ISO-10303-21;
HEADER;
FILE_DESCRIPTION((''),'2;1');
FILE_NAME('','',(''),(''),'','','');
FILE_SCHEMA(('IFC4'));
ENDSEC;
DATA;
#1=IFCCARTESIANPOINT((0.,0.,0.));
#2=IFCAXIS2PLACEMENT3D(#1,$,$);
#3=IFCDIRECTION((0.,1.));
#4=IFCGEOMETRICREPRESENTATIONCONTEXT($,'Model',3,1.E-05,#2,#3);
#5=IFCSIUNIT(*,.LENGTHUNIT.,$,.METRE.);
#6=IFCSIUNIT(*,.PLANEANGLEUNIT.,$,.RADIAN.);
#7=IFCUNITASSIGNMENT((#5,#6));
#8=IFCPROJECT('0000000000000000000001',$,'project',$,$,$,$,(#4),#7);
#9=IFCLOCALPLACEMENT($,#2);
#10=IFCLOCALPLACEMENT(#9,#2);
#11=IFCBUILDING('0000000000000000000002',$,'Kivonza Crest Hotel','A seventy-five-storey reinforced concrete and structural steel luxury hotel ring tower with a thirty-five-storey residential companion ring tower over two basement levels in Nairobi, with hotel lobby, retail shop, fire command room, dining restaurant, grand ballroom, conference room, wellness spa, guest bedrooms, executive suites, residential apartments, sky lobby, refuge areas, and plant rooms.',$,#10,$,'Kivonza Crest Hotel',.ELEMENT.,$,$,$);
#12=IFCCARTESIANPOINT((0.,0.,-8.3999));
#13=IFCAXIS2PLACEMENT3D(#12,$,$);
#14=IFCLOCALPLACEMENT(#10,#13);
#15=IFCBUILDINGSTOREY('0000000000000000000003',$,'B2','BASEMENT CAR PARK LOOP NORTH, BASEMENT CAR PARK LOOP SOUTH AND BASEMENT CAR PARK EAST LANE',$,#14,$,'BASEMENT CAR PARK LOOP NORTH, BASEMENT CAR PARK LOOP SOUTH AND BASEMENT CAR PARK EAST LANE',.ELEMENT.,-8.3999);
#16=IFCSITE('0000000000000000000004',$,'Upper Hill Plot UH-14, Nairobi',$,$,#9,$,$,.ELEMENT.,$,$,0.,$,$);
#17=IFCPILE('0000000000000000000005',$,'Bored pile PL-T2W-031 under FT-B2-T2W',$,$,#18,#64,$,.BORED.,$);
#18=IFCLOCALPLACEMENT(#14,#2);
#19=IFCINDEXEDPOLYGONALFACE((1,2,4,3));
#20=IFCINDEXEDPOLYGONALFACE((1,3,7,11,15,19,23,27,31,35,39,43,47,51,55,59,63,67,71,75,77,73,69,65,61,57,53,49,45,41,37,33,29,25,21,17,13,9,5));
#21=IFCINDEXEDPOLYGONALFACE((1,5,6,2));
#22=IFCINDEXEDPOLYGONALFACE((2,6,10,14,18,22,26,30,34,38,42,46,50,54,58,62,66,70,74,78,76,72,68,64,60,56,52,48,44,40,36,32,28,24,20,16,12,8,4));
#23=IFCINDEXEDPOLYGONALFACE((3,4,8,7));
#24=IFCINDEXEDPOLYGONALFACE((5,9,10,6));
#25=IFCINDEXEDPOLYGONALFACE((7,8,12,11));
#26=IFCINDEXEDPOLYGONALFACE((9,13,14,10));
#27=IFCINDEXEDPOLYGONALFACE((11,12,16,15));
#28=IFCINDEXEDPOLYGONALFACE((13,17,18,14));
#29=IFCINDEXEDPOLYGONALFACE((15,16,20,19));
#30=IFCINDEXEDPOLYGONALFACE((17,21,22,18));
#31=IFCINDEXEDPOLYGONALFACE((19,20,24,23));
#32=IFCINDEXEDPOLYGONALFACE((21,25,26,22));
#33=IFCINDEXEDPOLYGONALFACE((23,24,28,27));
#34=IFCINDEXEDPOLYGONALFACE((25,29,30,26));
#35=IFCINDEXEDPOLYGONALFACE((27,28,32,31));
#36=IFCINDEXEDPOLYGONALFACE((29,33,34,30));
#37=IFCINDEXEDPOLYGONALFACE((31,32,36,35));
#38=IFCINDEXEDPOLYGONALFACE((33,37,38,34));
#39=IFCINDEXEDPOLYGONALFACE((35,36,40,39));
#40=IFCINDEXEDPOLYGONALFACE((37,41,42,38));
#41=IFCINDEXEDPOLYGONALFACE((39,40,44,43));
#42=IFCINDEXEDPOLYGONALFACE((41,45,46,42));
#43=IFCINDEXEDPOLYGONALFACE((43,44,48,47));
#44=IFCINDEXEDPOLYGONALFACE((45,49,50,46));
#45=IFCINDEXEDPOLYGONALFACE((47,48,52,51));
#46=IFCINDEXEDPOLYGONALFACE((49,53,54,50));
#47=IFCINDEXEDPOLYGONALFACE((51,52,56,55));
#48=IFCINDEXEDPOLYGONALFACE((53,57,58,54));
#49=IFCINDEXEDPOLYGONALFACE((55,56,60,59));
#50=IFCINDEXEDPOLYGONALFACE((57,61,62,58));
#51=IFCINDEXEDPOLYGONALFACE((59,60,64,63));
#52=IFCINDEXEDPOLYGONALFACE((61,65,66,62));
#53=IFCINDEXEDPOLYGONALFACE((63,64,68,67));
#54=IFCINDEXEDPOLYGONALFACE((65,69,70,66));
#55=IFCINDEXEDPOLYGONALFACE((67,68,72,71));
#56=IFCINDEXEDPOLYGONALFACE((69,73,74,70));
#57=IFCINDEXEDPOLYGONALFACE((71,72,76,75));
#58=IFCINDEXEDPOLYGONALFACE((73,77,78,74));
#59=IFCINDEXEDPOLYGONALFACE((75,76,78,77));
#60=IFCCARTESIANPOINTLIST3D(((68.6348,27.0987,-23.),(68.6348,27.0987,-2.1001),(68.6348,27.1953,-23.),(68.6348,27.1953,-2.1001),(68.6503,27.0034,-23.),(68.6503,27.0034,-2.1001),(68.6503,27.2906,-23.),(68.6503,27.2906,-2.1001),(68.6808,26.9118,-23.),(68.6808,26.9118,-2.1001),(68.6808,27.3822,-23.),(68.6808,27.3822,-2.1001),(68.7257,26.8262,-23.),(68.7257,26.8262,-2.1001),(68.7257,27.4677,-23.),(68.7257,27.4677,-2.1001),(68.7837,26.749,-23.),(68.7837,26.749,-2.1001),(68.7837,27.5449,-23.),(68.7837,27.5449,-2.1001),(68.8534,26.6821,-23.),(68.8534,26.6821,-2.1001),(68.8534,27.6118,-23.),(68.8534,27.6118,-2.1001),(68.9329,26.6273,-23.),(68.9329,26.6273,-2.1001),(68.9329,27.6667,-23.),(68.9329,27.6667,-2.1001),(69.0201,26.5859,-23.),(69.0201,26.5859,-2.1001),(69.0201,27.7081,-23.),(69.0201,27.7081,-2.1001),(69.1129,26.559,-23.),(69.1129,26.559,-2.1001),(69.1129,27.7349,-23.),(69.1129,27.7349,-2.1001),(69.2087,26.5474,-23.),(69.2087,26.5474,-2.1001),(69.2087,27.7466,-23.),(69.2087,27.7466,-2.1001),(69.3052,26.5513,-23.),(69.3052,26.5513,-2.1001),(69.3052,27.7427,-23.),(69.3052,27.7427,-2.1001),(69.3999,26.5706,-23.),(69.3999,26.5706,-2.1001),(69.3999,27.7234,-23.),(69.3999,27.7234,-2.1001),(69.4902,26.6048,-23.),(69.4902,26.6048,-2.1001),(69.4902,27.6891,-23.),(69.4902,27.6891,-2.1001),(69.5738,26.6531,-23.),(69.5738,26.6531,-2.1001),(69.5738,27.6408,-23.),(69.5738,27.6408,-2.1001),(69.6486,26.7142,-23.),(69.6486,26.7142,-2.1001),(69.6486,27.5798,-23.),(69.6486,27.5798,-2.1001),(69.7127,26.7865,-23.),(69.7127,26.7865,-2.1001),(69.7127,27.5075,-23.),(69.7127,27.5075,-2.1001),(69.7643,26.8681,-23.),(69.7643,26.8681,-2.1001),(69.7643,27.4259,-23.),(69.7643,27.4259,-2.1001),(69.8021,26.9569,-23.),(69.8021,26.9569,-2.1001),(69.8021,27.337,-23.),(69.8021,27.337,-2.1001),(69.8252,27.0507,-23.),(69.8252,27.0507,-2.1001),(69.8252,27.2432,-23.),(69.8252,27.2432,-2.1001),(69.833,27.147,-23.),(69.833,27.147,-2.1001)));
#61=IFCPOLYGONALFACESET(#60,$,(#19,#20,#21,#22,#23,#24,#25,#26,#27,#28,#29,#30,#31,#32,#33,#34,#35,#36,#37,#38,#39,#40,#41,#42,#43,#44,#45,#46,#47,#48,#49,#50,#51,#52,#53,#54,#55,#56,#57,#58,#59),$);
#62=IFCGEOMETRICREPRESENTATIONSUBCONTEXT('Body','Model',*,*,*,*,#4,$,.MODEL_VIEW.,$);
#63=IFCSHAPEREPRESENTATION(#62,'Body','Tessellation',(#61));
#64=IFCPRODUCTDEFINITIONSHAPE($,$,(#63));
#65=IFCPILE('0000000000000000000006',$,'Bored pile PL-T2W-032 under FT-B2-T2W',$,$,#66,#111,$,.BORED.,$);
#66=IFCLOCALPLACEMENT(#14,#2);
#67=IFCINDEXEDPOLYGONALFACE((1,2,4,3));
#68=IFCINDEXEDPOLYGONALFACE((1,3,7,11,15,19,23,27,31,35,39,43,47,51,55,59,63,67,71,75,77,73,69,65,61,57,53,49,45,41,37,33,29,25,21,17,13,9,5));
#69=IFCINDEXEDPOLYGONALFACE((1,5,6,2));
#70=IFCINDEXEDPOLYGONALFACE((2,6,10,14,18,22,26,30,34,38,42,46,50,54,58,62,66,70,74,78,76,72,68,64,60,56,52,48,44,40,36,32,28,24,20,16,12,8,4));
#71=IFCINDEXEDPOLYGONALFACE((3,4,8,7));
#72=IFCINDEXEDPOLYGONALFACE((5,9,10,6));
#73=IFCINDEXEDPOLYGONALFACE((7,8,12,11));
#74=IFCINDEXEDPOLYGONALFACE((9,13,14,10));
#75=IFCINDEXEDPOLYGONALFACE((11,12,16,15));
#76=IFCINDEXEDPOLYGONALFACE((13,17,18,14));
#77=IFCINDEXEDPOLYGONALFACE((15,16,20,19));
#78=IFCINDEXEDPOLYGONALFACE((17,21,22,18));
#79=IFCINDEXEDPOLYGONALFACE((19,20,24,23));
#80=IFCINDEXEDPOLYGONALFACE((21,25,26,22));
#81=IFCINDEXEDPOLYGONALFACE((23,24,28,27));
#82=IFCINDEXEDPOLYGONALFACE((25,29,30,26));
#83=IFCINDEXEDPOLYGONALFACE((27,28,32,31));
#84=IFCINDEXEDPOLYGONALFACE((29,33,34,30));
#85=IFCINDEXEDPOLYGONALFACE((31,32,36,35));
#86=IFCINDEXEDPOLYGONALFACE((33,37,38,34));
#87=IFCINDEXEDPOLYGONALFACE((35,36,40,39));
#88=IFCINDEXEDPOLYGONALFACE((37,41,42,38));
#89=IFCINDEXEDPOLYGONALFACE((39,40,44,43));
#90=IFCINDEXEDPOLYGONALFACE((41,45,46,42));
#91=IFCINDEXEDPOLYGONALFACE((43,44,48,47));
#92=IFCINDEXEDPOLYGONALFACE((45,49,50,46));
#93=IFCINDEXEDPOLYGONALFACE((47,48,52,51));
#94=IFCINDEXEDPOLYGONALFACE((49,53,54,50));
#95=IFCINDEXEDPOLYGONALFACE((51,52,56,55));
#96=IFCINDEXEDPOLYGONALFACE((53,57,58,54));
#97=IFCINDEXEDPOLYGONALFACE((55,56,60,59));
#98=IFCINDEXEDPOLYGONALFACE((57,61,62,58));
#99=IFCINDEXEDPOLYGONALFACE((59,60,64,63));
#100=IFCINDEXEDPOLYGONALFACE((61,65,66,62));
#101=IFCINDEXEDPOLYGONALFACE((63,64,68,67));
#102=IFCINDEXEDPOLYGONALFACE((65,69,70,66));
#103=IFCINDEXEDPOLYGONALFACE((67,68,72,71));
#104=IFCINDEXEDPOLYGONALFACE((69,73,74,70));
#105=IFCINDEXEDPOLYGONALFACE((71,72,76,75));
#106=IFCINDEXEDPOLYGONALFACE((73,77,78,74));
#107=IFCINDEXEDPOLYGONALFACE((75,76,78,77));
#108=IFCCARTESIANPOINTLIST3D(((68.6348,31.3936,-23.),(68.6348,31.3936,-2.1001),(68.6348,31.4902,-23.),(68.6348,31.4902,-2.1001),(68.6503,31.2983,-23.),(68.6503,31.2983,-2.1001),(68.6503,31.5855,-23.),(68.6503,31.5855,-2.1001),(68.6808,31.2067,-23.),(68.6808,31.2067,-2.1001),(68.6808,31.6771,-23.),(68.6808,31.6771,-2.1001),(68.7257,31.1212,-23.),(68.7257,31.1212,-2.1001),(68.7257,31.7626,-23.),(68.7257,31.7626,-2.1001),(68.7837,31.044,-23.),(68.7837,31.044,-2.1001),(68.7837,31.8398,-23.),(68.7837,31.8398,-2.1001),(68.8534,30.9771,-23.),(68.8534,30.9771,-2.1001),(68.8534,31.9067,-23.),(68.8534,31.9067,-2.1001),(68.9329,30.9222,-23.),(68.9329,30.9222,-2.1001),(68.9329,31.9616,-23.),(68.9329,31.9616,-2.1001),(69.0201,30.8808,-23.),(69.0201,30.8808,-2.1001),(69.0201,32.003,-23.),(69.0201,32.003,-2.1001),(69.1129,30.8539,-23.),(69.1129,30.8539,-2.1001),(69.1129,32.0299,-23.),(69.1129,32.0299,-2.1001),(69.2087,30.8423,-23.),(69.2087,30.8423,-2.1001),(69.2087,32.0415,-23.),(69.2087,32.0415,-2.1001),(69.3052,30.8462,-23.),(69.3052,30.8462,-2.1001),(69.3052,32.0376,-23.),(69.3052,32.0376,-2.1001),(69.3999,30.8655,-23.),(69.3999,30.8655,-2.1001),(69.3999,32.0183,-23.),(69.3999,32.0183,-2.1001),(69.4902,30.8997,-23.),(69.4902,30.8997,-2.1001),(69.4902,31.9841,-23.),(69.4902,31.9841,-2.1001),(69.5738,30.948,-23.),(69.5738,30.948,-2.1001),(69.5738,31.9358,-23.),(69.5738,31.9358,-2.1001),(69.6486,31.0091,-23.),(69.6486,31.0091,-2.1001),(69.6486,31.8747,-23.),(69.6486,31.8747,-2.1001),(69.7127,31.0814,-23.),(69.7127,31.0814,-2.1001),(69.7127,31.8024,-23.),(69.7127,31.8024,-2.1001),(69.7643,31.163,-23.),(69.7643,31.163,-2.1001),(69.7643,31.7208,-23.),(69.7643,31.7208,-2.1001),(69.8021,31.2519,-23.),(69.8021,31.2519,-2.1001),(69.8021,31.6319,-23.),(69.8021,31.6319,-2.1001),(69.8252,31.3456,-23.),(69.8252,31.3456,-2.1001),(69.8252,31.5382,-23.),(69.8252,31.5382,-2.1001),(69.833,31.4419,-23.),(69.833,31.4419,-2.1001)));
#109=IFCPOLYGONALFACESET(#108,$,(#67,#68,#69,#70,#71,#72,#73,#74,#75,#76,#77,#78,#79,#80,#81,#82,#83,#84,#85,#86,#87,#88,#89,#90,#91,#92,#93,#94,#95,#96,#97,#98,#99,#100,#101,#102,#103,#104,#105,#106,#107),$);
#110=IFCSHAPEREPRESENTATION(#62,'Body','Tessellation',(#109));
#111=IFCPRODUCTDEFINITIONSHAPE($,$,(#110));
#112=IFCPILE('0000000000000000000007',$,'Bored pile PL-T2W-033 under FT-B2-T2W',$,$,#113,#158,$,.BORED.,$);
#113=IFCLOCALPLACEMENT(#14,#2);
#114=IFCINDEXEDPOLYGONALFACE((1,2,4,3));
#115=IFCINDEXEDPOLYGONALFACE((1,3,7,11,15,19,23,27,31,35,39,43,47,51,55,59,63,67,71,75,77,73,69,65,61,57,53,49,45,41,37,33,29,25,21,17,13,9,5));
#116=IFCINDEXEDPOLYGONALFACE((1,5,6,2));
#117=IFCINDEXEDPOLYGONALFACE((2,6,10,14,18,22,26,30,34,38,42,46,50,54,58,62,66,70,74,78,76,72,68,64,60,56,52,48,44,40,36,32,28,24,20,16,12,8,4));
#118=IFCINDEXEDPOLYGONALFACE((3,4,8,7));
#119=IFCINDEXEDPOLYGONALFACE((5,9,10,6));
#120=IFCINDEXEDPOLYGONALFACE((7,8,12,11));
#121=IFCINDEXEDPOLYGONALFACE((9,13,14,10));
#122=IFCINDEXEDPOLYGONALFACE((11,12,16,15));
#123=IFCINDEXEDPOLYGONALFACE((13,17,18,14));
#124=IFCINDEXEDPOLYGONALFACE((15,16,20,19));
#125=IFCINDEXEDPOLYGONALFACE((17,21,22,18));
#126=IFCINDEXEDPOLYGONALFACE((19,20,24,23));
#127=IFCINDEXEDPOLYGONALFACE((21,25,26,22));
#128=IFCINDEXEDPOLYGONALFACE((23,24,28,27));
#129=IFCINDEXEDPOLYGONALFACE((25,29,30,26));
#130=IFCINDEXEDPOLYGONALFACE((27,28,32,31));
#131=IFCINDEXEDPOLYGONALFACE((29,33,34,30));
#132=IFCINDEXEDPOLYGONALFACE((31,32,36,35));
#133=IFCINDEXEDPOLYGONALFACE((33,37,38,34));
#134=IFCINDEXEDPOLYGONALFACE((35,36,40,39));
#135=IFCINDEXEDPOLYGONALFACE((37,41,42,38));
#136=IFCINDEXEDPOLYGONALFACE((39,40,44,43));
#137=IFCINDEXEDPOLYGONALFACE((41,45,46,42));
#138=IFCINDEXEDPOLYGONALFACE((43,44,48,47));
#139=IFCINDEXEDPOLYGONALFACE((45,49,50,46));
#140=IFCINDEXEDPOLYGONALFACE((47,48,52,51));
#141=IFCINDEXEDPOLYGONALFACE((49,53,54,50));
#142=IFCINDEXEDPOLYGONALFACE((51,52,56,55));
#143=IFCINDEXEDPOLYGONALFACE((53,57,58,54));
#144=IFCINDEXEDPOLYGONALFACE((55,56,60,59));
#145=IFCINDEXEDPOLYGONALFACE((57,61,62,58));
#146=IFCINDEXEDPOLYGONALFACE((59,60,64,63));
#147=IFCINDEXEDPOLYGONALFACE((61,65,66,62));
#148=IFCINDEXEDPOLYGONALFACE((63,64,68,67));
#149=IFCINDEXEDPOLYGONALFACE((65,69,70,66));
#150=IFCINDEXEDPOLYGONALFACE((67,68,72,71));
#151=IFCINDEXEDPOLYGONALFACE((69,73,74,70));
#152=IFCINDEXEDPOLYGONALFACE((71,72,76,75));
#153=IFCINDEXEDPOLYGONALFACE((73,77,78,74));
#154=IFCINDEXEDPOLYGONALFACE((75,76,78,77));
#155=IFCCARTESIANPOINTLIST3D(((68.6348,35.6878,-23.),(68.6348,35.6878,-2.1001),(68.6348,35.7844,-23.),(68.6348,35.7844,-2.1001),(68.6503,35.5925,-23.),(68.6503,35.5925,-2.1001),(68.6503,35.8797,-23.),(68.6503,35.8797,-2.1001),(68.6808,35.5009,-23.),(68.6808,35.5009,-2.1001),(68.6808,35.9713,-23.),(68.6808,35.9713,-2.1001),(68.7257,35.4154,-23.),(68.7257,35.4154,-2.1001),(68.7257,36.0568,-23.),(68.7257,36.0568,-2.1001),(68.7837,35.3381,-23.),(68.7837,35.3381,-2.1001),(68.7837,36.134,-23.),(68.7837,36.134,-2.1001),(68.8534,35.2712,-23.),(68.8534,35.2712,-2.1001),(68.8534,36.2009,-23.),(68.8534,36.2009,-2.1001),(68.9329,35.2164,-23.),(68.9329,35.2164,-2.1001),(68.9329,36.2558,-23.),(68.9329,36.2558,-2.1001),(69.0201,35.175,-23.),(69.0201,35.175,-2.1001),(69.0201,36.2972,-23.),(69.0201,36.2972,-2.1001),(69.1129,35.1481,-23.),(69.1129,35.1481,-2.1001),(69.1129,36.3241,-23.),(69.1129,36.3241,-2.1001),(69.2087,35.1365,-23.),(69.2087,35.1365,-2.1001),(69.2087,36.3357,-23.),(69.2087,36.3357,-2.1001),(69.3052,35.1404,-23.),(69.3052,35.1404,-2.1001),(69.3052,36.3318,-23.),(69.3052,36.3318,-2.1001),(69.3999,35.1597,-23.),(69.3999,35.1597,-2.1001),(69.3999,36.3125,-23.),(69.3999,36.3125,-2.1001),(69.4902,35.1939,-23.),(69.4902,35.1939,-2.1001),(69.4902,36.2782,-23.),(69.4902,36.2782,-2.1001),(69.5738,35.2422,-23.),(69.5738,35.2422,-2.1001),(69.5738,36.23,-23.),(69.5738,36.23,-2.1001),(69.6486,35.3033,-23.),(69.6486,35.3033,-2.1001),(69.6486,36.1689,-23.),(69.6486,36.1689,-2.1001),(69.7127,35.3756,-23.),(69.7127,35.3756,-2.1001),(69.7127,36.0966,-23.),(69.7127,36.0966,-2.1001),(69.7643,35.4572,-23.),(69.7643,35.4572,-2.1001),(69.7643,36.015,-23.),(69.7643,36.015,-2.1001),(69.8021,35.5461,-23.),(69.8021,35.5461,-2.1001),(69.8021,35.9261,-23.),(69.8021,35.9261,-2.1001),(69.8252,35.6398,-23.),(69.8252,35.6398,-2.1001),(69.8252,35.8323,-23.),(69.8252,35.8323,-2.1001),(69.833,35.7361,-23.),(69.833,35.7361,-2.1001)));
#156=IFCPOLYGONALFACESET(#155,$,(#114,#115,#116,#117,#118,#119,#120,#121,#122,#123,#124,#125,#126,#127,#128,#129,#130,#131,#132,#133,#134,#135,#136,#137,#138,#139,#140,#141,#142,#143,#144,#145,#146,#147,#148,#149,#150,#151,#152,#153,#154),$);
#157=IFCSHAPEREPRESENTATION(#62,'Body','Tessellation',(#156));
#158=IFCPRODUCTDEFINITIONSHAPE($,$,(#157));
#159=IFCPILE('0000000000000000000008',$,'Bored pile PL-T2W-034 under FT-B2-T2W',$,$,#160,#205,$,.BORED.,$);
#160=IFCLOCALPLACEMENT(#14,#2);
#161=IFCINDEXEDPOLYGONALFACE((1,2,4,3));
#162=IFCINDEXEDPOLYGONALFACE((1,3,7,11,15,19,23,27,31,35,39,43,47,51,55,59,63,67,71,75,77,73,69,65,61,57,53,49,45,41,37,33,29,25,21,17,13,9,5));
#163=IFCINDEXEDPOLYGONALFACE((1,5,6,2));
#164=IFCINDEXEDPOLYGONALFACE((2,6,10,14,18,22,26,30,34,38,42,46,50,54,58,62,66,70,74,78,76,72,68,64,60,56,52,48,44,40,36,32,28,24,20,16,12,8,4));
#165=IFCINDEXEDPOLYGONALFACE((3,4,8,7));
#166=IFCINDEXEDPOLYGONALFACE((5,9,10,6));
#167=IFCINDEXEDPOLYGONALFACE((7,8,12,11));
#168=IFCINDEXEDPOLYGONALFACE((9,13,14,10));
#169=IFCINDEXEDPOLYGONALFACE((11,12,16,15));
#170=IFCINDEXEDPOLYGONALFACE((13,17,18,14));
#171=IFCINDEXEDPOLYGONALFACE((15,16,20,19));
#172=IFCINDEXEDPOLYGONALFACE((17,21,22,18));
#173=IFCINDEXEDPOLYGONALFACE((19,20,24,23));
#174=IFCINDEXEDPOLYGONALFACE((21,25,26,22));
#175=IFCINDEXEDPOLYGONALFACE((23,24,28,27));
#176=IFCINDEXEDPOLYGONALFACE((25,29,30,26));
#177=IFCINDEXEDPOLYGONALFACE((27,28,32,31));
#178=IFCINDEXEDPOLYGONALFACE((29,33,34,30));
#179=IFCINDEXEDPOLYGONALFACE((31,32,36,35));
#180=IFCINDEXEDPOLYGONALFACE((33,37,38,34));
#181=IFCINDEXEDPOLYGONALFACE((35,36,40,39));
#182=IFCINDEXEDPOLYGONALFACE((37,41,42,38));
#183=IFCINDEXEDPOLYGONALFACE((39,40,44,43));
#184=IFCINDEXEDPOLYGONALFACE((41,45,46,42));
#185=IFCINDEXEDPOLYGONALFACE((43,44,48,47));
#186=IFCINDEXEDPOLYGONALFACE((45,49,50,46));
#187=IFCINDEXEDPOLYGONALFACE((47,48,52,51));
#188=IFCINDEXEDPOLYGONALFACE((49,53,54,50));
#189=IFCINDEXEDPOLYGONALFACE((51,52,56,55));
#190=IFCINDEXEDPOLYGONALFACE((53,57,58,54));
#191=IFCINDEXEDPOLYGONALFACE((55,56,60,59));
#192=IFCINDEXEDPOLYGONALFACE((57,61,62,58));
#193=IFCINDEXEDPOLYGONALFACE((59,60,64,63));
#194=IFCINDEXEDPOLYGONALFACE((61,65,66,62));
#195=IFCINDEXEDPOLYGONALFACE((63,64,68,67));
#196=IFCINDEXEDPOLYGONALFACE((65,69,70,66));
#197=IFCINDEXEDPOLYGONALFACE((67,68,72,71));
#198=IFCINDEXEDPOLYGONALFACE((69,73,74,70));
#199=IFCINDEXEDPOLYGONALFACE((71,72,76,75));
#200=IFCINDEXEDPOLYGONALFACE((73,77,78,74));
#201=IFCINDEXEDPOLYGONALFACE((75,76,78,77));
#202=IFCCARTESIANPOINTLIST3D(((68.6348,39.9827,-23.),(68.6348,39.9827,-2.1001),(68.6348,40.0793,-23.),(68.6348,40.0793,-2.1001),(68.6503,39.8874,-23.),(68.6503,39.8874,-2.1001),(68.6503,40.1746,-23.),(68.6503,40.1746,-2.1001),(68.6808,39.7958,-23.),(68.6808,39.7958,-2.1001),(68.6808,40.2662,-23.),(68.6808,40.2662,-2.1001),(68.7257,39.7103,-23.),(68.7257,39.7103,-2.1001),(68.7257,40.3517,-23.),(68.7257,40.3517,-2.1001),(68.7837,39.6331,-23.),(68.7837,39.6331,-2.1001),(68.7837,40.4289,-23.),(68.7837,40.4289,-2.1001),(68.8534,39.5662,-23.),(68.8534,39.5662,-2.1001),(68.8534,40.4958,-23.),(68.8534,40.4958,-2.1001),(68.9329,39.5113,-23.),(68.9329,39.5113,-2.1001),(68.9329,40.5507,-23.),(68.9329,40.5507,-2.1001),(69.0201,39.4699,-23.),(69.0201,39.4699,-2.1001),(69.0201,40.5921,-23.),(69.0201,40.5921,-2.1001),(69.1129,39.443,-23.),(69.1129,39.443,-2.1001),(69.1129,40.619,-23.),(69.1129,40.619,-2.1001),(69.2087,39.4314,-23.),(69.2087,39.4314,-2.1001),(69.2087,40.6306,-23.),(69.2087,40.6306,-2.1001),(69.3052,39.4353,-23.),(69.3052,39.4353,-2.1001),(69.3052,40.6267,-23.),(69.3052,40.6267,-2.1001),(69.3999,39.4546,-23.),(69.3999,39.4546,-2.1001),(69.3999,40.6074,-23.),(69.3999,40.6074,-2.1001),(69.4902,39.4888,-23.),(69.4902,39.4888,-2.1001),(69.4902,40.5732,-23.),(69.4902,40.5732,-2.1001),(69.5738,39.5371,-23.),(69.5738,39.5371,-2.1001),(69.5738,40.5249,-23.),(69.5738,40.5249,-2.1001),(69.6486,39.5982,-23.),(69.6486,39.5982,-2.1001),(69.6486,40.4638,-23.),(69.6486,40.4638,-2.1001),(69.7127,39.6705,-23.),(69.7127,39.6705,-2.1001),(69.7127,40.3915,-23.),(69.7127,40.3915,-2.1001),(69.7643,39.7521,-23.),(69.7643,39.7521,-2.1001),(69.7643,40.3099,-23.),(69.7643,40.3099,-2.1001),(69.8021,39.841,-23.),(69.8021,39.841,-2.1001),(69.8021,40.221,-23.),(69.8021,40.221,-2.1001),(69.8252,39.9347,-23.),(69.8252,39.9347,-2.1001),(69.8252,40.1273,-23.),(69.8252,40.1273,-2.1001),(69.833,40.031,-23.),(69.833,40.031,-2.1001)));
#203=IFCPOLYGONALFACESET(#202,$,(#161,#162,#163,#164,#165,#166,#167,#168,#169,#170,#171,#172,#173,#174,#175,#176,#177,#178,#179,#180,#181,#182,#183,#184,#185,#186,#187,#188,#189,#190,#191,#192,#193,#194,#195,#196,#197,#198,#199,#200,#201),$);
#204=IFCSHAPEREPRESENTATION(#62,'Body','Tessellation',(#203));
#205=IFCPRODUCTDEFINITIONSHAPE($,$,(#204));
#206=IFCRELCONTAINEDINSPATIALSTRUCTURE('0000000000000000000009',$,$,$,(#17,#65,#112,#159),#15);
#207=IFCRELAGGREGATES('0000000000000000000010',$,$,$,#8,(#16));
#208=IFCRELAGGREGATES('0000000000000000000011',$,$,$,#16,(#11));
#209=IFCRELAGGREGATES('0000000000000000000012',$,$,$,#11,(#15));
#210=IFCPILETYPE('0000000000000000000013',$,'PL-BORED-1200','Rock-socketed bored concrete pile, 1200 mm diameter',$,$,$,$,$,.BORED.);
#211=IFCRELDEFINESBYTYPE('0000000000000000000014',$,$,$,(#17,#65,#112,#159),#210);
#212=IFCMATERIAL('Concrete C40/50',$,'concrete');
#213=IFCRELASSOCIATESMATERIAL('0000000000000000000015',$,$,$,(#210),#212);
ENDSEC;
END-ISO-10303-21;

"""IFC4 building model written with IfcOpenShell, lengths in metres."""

from ifc_helpers import new_model, si_unit, direction, frame, origin, origin_2d, place, context, subcontext, project, spatial, circle, extrude, material, material_profile, profile_set, type_object, element, save


model = new_model("IFC4")

# Units and contexts
model_context = context("Model", 3, precision=1e-05, world=origin(), true_north=direction((0.0, 1.0)))
body_context = subcontext(model_context, "Body", "Model", "MODEL_VIEW")
ifc_project = project(units=[si_unit("LENGTHUNIT", "METRE"), si_unit("PLANEANGLEUNIT", "RADIAN")], contexts=[model_context])

# Site, building, storey
site_placement = place(None, origin())
site = spatial("IfcSite", under=ifc_project, at=site_placement, Name="Upper Hill Plot UH-14, Nairobi", CompositionType="ELEMENT", RefElevation=0.0)
building_placement = place(site_placement, origin())
building = spatial("IfcBuilding", under=site, at=building_placement, Name="Kivonza Crest Hotel", Description="A seventy-five-storey reinforced concrete and structural steel luxury hotel ring tower with a thirty-five-storey residential companion ring tower over two basement levels in Nairobi, with hotel lobby, retail shop, fire command room, dining restaurant, grand ballroom, conference room, wellness spa, guest bedrooms, executive suites, residential apartments, sky lobby, refuge areas, and plant rooms.", LongName="Kivonza Crest Hotel", CompositionType="ELEMENT")
storey_placement = place(building_placement, frame((0.0, 0.0, -8.3999)))
storey = spatial("IfcBuildingStorey", under=building, at=storey_placement, Name="B2", Description="BASEMENT CAR PARK LOOP NORTH, BASEMENT CAR PARK LOOP SOUTH AND BASEMENT CAR PARK EAST LANE", LongName="BASEMENT CAR PARK LOOP NORTH, BASEMENT CAR PARK LOOP SOUTH AND BASEMENT CAR PARK EAST LANE", CompositionType="ELEMENT", Elevation=-8.3999)

# Piles
ifc_material_1 = material(Name="Concrete C40/50", Category="concrete")
ifc_material_profile_1 = material_profile(ifc_material_1, circle(Radius=0.6001, at=origin_2d()), Name="PILE D1200")
ifc_profile_set_1 = profile_set([ifc_material_profile_1], Name="Concrete C40/50")
pile_type = type_object("IfcPileType", Name="PL-BORED-1200", Description="Rock-socketed bored concrete pile, 1200 mm diameter", PredefinedType="BORED", material=ifc_profile_set_1)
for number, where, z_axis, x_axis, name in (
    (1, (69.2329, 27.147, -2.1001), (0.0, 0.0, -1.0), (1.0, 0.0, 0.0), "Bored pile PL-T2W-031 under FT-B2-T2W"),
    (2, (69.2329, 31.4419, -2.1001), (0.0, 0.0, -1.0), (1.0, 0.0, 0.0), "Bored pile PL-T2W-032 under FT-B2-T2W"),
    (3, (69.2329, 35.7361, -2.1001), (0.0, 0.0, -1.0), (1.0, 0.0, 0.0), "Bored pile PL-T2W-033 under FT-B2-T2W"),
    (4, (69.2329, 40.031, -2.1001), (0.0, 0.0, -1.0), (1.0, 0.0, 0.0), "Bored pile PL-T2W-034 under FT-B2-T2W"),
):
    element("IfcPile", number, at=place(storey_placement, frame(where, z_axis=z_axis, x_axis=x_axis)), inside=storey, type_object=pile_type, Name=name, PredefinedType="BORED", context=body_context, shape_type="SweptSolid", body=[
        extrude(circle(Radius=0.6001, at=origin_2d()), origin(), (0.0, 0.0, 1.0), 20.8999),
    ])

save(model, "model.ifc")
